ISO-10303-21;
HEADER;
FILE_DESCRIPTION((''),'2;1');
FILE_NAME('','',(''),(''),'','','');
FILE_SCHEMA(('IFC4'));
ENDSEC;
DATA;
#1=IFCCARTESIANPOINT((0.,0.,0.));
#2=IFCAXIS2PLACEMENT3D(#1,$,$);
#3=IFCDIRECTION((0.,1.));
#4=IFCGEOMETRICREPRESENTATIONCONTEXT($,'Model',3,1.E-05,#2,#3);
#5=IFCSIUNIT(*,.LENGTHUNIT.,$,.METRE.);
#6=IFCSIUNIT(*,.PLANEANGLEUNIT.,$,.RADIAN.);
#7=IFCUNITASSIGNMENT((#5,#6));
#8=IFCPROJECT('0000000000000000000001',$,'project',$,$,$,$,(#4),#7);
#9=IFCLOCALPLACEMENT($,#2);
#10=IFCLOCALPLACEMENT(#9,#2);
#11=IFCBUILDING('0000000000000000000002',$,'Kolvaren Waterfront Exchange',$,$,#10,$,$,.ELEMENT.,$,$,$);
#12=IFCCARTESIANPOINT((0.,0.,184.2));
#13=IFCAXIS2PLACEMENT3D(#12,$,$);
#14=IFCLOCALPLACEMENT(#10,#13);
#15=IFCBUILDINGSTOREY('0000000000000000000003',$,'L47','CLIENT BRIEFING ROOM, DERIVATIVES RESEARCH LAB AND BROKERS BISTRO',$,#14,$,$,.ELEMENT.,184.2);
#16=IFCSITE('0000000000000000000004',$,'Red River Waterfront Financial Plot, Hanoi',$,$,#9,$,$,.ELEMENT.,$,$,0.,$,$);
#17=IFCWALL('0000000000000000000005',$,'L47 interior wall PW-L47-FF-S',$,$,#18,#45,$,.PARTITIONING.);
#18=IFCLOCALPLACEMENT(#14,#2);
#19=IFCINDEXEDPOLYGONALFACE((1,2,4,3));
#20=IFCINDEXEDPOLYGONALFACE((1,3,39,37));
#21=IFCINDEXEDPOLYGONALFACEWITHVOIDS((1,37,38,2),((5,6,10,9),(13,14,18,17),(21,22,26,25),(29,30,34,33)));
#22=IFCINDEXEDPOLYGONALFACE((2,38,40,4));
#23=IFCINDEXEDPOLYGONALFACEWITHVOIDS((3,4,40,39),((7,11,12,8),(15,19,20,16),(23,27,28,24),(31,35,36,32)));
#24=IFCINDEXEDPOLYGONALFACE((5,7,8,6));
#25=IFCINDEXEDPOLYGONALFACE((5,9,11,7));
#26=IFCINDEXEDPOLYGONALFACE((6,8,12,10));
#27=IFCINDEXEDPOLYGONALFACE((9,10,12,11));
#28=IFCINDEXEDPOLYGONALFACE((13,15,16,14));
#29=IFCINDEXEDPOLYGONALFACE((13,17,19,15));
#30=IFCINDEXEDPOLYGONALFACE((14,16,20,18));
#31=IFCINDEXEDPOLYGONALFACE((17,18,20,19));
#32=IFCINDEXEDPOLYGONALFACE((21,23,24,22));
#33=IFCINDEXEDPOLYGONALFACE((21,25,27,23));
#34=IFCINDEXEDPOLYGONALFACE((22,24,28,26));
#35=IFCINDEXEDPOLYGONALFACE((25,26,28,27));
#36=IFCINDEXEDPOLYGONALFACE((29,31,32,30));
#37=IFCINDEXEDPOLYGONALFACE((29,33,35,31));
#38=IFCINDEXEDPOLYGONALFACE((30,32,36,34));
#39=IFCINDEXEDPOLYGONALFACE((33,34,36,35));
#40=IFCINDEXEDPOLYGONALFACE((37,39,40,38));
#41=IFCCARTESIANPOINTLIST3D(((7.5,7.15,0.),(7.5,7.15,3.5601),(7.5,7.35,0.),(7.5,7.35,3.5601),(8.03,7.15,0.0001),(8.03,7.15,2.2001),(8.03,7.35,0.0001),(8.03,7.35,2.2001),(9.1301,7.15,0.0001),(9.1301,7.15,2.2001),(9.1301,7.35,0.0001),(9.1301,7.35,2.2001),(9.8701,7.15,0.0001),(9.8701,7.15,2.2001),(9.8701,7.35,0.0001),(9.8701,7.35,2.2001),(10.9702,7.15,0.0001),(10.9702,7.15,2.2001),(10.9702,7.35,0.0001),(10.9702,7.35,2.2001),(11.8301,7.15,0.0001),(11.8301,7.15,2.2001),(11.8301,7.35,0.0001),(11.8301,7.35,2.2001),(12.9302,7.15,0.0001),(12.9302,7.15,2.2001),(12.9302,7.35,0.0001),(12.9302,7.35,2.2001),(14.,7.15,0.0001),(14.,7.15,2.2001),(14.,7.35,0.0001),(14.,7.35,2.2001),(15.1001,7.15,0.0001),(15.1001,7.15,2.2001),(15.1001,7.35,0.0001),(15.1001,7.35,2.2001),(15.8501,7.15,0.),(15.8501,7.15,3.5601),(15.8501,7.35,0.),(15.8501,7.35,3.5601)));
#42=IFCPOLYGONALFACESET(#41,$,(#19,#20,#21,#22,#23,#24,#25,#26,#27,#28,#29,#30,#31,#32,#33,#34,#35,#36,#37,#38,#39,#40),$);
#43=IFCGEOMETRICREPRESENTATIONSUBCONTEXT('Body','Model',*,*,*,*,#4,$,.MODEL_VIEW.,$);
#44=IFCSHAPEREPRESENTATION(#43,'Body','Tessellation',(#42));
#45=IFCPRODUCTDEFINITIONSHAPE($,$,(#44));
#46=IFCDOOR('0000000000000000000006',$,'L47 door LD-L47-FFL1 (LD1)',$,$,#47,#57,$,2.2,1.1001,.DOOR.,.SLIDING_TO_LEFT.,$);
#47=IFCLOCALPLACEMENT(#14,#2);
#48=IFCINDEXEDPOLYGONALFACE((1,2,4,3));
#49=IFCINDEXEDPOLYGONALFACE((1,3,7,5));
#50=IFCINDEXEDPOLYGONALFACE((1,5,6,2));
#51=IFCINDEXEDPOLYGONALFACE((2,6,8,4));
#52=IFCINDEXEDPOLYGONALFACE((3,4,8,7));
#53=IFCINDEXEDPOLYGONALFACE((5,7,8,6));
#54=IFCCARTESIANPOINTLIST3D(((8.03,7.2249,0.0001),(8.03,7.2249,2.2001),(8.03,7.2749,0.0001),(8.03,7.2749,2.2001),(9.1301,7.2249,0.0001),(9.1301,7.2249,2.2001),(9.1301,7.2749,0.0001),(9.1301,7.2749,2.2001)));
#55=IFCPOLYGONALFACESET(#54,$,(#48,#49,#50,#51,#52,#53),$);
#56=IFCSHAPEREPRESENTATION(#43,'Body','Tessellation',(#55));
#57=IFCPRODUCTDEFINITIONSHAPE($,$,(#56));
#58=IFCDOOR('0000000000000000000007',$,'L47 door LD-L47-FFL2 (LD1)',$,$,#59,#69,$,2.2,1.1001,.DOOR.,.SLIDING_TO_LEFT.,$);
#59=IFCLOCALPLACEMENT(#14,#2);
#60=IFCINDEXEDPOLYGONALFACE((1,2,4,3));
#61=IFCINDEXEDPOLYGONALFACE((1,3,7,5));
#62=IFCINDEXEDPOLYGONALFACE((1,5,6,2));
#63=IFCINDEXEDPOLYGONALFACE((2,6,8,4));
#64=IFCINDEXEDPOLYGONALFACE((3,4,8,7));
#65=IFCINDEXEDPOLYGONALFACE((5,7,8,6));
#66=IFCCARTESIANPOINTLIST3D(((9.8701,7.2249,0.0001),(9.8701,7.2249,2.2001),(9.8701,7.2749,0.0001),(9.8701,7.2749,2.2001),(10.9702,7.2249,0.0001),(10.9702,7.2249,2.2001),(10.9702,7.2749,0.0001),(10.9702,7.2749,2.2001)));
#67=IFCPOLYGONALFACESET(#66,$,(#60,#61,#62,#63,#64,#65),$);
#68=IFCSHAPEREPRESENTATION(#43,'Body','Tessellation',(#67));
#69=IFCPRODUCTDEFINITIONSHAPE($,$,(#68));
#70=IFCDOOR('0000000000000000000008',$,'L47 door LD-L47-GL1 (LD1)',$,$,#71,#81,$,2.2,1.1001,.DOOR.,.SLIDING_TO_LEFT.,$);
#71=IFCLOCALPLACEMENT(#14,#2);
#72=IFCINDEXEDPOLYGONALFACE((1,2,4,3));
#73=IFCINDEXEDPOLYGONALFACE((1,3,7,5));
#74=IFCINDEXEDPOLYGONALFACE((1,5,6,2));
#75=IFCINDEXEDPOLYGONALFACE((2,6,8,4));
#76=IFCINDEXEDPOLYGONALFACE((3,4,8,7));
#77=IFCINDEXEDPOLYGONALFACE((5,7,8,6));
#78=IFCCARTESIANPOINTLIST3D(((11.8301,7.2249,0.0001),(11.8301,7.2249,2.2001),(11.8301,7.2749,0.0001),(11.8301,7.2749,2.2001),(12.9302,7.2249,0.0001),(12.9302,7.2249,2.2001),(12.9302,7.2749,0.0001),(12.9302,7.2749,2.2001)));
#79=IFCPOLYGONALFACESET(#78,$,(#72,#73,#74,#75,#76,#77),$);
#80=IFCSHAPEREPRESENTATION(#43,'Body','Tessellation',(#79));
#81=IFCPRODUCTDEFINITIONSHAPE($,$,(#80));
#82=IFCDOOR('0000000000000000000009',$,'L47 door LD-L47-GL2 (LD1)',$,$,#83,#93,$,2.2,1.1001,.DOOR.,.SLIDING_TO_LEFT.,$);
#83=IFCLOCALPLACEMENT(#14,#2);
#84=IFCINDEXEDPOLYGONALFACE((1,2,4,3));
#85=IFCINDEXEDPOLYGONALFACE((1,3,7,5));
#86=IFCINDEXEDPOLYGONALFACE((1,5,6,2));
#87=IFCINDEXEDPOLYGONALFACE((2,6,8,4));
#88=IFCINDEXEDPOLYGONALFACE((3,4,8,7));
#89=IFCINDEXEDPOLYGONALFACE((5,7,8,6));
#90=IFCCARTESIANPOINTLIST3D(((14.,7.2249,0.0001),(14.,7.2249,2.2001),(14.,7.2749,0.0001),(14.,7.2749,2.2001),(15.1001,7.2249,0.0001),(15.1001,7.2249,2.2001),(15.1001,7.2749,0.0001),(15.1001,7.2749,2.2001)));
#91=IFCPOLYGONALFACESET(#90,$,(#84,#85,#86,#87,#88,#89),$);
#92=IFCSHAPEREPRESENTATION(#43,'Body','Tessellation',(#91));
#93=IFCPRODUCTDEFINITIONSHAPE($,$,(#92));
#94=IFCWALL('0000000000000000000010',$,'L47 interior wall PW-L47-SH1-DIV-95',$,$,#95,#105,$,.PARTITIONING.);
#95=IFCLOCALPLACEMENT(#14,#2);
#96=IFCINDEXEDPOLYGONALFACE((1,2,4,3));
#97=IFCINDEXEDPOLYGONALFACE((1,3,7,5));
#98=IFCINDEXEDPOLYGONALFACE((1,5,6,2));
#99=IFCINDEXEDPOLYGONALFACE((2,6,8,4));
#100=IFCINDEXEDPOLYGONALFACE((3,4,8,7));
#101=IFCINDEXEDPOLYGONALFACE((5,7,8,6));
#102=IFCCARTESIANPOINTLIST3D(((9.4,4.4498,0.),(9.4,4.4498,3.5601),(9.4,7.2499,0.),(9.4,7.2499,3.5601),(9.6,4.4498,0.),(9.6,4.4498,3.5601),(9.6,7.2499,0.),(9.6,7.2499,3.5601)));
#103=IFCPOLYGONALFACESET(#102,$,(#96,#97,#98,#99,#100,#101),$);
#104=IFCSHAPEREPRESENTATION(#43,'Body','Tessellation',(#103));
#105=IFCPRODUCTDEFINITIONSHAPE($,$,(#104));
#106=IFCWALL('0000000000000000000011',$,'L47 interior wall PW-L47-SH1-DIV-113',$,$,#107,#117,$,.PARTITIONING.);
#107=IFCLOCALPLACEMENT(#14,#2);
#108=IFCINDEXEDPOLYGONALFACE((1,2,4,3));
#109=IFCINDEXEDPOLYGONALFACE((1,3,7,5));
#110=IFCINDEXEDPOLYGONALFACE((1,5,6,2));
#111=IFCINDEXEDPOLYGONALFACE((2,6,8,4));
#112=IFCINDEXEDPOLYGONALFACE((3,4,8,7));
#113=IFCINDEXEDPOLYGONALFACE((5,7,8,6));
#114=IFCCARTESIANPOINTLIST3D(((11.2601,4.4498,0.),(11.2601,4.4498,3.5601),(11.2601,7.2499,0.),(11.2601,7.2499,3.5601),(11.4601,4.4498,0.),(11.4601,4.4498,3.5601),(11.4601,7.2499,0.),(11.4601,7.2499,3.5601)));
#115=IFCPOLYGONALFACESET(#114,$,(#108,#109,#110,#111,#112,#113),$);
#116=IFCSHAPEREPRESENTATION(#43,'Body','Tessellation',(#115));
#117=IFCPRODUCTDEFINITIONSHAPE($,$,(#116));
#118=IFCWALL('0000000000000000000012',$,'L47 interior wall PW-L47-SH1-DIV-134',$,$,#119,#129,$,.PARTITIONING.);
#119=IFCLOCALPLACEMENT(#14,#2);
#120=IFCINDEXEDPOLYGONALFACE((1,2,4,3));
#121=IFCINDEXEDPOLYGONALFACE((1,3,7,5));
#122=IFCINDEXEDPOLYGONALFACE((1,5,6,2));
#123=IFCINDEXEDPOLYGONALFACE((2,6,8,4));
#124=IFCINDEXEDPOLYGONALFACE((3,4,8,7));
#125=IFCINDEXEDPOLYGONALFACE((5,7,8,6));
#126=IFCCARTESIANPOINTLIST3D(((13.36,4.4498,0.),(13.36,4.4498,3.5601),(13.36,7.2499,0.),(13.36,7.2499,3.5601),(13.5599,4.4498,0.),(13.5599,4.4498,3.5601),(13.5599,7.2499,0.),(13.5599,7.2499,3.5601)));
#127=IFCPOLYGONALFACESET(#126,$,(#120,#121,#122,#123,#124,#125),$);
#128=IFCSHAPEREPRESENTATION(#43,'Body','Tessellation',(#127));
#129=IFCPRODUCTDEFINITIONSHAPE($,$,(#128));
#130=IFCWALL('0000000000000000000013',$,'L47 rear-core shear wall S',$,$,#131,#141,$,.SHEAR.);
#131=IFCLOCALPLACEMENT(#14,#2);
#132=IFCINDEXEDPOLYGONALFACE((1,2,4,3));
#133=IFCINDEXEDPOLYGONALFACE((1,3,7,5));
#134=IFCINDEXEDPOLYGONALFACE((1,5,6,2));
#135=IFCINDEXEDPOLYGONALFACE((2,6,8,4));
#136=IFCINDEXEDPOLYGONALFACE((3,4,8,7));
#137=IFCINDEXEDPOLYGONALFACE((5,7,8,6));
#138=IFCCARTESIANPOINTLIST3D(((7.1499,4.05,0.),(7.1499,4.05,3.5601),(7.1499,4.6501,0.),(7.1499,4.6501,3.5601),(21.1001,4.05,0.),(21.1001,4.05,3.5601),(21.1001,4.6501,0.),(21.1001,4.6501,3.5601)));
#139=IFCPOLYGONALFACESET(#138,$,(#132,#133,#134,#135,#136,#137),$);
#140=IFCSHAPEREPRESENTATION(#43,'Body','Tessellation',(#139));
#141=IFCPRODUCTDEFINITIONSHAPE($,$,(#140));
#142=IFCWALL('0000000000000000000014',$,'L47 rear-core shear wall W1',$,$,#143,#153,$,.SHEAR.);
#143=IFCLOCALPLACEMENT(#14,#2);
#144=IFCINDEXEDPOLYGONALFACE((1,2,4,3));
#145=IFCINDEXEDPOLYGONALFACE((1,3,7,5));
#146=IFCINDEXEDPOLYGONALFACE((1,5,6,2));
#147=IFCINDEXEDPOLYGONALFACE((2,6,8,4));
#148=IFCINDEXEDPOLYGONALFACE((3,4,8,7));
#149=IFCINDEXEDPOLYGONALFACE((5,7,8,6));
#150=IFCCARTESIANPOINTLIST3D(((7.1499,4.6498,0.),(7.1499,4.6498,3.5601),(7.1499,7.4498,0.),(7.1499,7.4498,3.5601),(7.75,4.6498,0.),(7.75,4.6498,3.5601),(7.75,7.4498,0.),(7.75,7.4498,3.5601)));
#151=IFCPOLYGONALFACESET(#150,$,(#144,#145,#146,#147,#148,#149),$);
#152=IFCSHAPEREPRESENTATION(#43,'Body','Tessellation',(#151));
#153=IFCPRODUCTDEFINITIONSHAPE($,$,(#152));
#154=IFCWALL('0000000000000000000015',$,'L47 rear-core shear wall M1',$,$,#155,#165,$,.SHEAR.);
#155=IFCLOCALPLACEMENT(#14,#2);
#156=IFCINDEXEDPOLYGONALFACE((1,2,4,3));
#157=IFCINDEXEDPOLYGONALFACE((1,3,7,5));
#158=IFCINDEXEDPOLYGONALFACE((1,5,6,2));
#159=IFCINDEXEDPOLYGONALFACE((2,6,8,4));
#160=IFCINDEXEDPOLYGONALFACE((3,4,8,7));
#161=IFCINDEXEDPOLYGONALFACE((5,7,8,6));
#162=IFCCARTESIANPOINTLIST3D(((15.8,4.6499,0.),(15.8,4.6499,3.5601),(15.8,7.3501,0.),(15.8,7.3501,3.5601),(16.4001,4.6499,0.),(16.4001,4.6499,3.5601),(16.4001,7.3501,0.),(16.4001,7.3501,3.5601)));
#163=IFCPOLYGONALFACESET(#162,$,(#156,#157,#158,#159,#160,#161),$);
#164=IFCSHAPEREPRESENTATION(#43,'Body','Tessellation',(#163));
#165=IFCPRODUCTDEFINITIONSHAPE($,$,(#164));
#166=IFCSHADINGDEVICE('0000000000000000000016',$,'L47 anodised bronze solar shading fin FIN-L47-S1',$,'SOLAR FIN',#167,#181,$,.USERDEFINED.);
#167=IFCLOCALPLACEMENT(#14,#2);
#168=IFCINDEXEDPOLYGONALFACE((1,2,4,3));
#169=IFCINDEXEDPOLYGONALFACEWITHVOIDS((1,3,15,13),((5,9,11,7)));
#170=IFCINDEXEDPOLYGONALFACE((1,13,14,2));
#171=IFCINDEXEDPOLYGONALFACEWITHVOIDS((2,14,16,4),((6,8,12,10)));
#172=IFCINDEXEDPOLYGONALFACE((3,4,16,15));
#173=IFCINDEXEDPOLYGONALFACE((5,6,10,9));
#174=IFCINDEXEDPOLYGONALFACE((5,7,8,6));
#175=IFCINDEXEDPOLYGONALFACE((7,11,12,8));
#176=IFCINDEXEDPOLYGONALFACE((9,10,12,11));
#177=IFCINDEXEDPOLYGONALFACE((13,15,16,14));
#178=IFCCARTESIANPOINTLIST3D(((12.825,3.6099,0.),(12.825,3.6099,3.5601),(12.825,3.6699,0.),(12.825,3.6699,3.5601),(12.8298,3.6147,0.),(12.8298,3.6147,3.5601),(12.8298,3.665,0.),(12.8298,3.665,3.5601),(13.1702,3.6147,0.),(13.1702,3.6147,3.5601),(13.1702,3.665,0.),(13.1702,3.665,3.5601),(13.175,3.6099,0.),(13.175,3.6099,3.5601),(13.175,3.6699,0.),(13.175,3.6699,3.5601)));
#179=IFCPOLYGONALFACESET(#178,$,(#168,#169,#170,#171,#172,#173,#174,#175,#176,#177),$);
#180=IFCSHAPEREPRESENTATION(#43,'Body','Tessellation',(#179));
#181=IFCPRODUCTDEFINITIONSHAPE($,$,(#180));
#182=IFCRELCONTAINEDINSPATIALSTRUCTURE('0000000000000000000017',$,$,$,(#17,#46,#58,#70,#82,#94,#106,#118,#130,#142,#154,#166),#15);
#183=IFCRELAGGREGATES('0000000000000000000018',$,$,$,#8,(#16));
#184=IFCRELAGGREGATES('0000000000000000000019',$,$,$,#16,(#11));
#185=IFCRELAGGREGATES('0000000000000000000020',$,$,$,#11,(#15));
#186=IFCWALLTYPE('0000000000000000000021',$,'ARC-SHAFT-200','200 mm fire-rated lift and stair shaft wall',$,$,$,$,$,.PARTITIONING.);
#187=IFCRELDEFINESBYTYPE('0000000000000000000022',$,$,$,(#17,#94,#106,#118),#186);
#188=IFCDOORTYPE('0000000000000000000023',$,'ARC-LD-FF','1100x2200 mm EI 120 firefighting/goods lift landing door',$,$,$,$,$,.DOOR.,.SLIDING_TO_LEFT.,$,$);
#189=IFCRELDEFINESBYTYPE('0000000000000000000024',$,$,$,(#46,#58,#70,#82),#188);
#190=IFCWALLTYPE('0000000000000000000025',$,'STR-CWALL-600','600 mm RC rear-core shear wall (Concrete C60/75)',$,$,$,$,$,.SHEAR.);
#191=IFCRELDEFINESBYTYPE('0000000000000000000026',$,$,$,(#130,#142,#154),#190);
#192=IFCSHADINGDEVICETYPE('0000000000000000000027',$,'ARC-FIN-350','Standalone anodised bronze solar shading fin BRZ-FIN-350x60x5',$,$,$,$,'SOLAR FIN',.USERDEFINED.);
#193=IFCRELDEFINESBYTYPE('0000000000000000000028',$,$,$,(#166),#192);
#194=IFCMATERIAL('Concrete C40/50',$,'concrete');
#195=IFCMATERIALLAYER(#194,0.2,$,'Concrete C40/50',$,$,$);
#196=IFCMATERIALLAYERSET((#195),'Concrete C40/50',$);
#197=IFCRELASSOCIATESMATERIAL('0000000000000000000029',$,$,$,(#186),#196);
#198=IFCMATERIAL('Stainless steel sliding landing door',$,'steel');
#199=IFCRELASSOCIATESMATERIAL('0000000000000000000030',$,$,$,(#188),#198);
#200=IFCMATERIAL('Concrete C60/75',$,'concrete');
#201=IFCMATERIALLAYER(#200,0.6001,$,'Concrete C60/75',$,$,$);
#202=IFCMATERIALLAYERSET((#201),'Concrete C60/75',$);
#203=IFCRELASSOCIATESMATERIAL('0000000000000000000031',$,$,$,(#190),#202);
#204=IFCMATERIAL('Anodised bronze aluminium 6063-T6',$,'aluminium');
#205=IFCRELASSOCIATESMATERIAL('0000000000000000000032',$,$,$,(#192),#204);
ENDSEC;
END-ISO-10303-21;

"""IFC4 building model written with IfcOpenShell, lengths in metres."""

from ifc_helpers import new_model, si_unit, direction, frame, frame_2d, origin, origin_2d, place, context, subcontext, project, spatial, rectangle, hollow_rectangle, extrude, material, layer, layer_set, material_profile, profile_set, type_object, element, fill, save


model = new_model("IFC4")

# Units and contexts
model_context = context("Model", 3, precision=1e-05, world=origin(), true_north=direction((0.0, 1.0)))
body_context = subcontext(model_context, "Body", "Model", "MODEL_VIEW")
ifc_project = project(units=[si_unit("LENGTHUNIT", "METRE"), si_unit("PLANEANGLEUNIT", "RADIAN")], contexts=[model_context])

# Site, building, storey
site_placement = place(None, origin())
site = spatial("IfcSite", under=ifc_project, at=site_placement, Name="Red River Waterfront Financial Plot, Hanoi", CompositionType="ELEMENT", RefElevation=0.0)
building_placement = place(site_placement, origin())
building = spatial("IfcBuilding", under=site, at=building_placement, Name="Kolvaren Waterfront Exchange", CompositionType="ELEMENT")
storey_placement = place(building_placement, frame((0.0, 0.0, 184.2)))
storey = spatial("IfcBuildingStorey", under=building, at=storey_placement, Name="L47", Description="CLIENT BRIEFING ROOM, DERIVATIVES RESEARCH LAB AND BROKERS BISTRO", CompositionType="ELEMENT", Elevation=184.2)

# Shared definitions
ifc_material_1 = material(Name="Concrete C60/75", Category="concrete")

# Shared definitions
ifc_material_2 = material(Name="Anodised bronze aluminium 6063-T6", Category="aluminium")

# Shared definitions
ifc_material_3 = material(Name="Concrete C40/50", Category="concrete")
ifc_layer_1 = layer(ifc_material_3, 0.2, Name="Concrete C40/50")
ifc_layer_set_1 = layer_set([ifc_layer_1], Name="Concrete C40/50")
wall_type_1 = type_object("IfcWallType", Name="ARC-SHAFT-200", Description="200 mm fire-rated lift and stair shaft wall", PredefinedType="PARTITIONING", material=ifc_layer_set_1)

# Wall, openings, doors
wall_1_placement = place(storey_placement, frame((7.5, 7.25, 0.0), z_axis=(0.0, 0.0, 1.0), x_axis=(1.0, 0.0, 0.0)))
wall_1 = element("IfcWall", 1, at=wall_1_placement, inside=storey, type_object=wall_type_1, Name="L47 interior wall PW-L47-FF-S", PredefinedType="PARTITIONING", context=body_context, shape_type="SweptSolid", body=[
    extrude(rectangle(XDim=8.3501, YDim=0.2, at=frame_2d((4.175, 0.0))), origin(), (0.0, 0.0, 1.0), 3.5601),
])
opening_1_placement = place(wall_1_placement, frame((0.53, 0.0, 0.0)))
opening_1 = element("IfcOpeningElement", 2, at=opening_1_placement, cuts=wall_1, PredefinedType="OPENING", context=body_context, shape_type="SweptSolid", body=[
    extrude(rectangle(XDim=1.1001, YDim=2.2, at=frame_2d((0.55, 1.1001))), frame((0.0, 0.1099, 0.0), z_axis=(0.0, -1.0, 0.0), x_axis=(1.0, 0.0, 0.0)), (0.0, 0.0, 1.0), 0.22),
])
opening_2_placement = place(wall_1_placement, frame((2.3701, 0.0, 0.0)))
opening_2 = element("IfcOpeningElement", 3, at=opening_2_placement, cuts=wall_1, PredefinedType="OPENING", context=body_context, shape_type="SweptSolid", body=[
    extrude(rectangle(XDim=1.1001, YDim=2.2, at=frame_2d((0.55, 1.1001))), frame((0.0, 0.1099, 0.0), z_axis=(0.0, -1.0, 0.0), x_axis=(1.0, 0.0, 0.0)), (0.0, 0.0, 1.0), 0.22),
])
opening_3_placement = place(wall_1_placement, frame((4.3301, 0.0, 0.0)))
opening_3 = element("IfcOpeningElement", 4, at=opening_3_placement, cuts=wall_1, PredefinedType="OPENING", context=body_context, shape_type="SweptSolid", body=[
    extrude(rectangle(XDim=1.1001, YDim=2.2, at=frame_2d((0.55, 1.1001))), frame((0.0, 0.1099, 0.0), z_axis=(0.0, -1.0, 0.0), x_axis=(1.0, 0.0, 0.0)), (0.0, 0.0, 1.0), 0.22),
])
opening_4_placement = place(wall_1_placement, frame((6.5, 0.0, 0.0)))
opening_4 = element("IfcOpeningElement", 5, at=opening_4_placement, cuts=wall_1, PredefinedType="OPENING", context=body_context, shape_type="SweptSolid", body=[
    extrude(rectangle(XDim=1.1001, YDim=2.2, at=frame_2d((0.55, 1.1001))), frame((0.0, 0.1099, 0.0), z_axis=(0.0, -1.0, 0.0), x_axis=(1.0, 0.0, 0.0)), (0.0, 0.0, 1.0), 0.22),
])
ifc_material_4 = material(Name="Stainless steel sliding landing door", Category="steel")
door_type_1 = type_object("IfcDoorType", Name="ARC-LD-FF", Description="1100x2200 mm EI 120 firefighting/goods lift landing door", OperationType="SLIDING_TO_LEFT", PredefinedType="DOOR", material=ifc_material_4)
door_1_placement = place(opening_1_placement, origin())
door_1 = element("IfcDoor", 6, at=door_1_placement, inside=storey, type_object=door_type_1, Name="L47 door LD-L47-FFL1 (LD1)", OperationType="SLIDING_TO_LEFT", OverallHeight=2.2, OverallWidth=1.1001, PredefinedType="DOOR", context=body_context, shape_type="SweptSolid", body=[
    extrude(rectangle(XDim=1.1001, YDim=2.2, at=frame_2d((0.55, 1.1001))), frame((0.0, 0.0249, 0.0), z_axis=(0.0, -1.0, 0.0), x_axis=(1.0, 0.0, 0.0)), (0.0, 0.0, 1.0), 0.05),
])
fill(opening_1, door_1)
door_2_placement = place(opening_2_placement, origin())
door_2 = element("IfcDoor", 7, at=door_2_placement, inside=storey, type_object=door_type_1, Name="L47 door LD-L47-FFL2 (LD1)", OperationType="SLIDING_TO_LEFT", OverallHeight=2.2, OverallWidth=1.1001, PredefinedType="DOOR", context=body_context, shape_type="SweptSolid", body=[
    extrude(rectangle(XDim=1.1001, YDim=2.2, at=frame_2d((0.55, 1.1001))), frame((0.0, 0.0249, 0.0), z_axis=(0.0, -1.0, 0.0), x_axis=(1.0, 0.0, 0.0)), (0.0, 0.0, 1.0), 0.05),
])
fill(opening_2, door_2)
door_3_placement = place(opening_3_placement, origin())
door_3 = element("IfcDoor", 8, at=door_3_placement, inside=storey, type_object=door_type_1, Name="L47 door LD-L47-GL1 (LD1)", OperationType="SLIDING_TO_LEFT", OverallHeight=2.2, OverallWidth=1.1001, PredefinedType="DOOR", context=body_context, shape_type="SweptSolid", body=[
    extrude(rectangle(XDim=1.1001, YDim=2.2, at=frame_2d((0.55, 1.1001))), frame((0.0, 0.0249, 0.0), z_axis=(0.0, -1.0, 0.0), x_axis=(1.0, 0.0, 0.0)), (0.0, 0.0, 1.0), 0.05),
])
fill(opening_3, door_3)
door_4_placement = place(opening_4_placement, origin())
door_4 = element("IfcDoor", 9, at=door_4_placement, inside=storey, type_object=door_type_1, Name="L47 door LD-L47-GL2 (LD1)", OperationType="SLIDING_TO_LEFT", OverallHeight=2.2, OverallWidth=1.1001, PredefinedType="DOOR", context=body_context, shape_type="SweptSolid", body=[
    extrude(rectangle(XDim=1.1001, YDim=2.2, at=frame_2d((0.55, 1.1001))), frame((0.0, 0.0249, 0.0), z_axis=(0.0, -1.0, 0.0), x_axis=(1.0, 0.0, 0.0)), (0.0, 0.0, 1.0), 0.05),
])
fill(opening_4, door_4)

# Walls
for number, where, z_axis, x_axis, name in (
    (10, (9.5, 4.45, 0.0), (0.0, 0.0, 1.0), (0.0, 1.0, 0.0), "L47 interior wall PW-L47-SH1-DIV-95"),
    (11, (11.3601, 4.45, 0.0), (0.0, 0.0, 1.0), (0.0, 1.0, 0.0), "L47 interior wall PW-L47-SH1-DIV-113"),
    (12, (13.46, 4.45, 0.0), (0.0, 0.0, 1.0), (0.0, 1.0, 0.0), "L47 interior wall PW-L47-SH1-DIV-134"),
):
    element("IfcWall", number, at=place(storey_placement, frame(where, z_axis=z_axis, x_axis=x_axis)), inside=storey, type_object=wall_type_1, Name=name, PredefinedType="PARTITIONING", context=body_context, shape_type="SweptSolid", body=[
        extrude(rectangle(XDim=2.8, YDim=0.2, at=frame_2d((1.3999, 0.0))), origin(), (0.0, 0.0, 1.0), 3.5601),
    ])
ifc_layer_2 = layer(ifc_material_1, 0.6001, Name="Concrete C60/75")
ifc_layer_set_2 = layer_set([ifc_layer_2], Name="Concrete C60/75")
wall_type_2 = type_object("IfcWallType", Name="STR-CWALL-600", Description="600 mm RC rear-core shear wall (Concrete C60/75)", PredefinedType="SHEAR", material=ifc_layer_set_2)
wall_2_placement = place(storey_placement, frame((7.1499, 4.3501, 0.0), z_axis=(0.0, 0.0, 1.0), x_axis=(1.0, 0.0, 0.0)))
element("IfcWall", 13, at=wall_2_placement, inside=storey, type_object=wall_type_2, Name="L47 rear-core shear wall S", PredefinedType="SHEAR", context=body_context, shape_type="SweptSolid", body=[
    extrude(rectangle(XDim=13.9502, YDim=0.6001, at=frame_2d((6.9751, 0.0))), origin(), (0.0, 0.0, 1.0), 3.5601),
])
wall_3_placement = place(storey_placement, frame((7.45, 4.6499, 0.0), z_axis=(0.0, 0.0, 1.0), x_axis=(0.0, 1.0, 0.0)))
element("IfcWall", 14, at=wall_3_placement, inside=storey, type_object=wall_type_2, Name="L47 rear-core shear wall W1", PredefinedType="SHEAR", context=body_context, shape_type="SweptSolid", body=[
    extrude(rectangle(XDim=2.8, YDim=0.6001, at=frame_2d((1.3999, 0.0))), origin(), (0.0, 0.0, 1.0), 3.5601),
])
wall_4_placement = place(storey_placement, frame((16.1001, 4.6499, 0.0), z_axis=(0.0, 0.0, 1.0), x_axis=(0.0, 1.0, 0.0)))
element("IfcWall", 15, at=wall_4_placement, inside=storey, type_object=wall_type_2, Name="L47 rear-core shear wall M1", PredefinedType="SHEAR", context=body_context, shape_type="SweptSolid", body=[
    extrude(rectangle(XDim=2.7002, YDim=0.6001, at=frame_2d((1.3501, 0.0))), origin(), (0.0, 0.0, 1.0), 3.5601),
])

# Shading device
ifc_material_profile_1 = material_profile(ifc_material_2, hollow_rectangle(XDim=0.0601, YDim=0.3501, WallThickness=0.0049, at=origin_2d()), Name="BRZ-FIN-350x60x5")
ifc_profile_set_1 = profile_set([ifc_material_profile_1], Name="Anodised bronze aluminium 6063-T6")
shading_device_type = type_object("IfcShadingDeviceType", Name="ARC-FIN-350", Description="Standalone anodised bronze solar shading fin BRZ-FIN-350x60x5", ElementType="SOLAR FIN", PredefinedType="USERDEFINED", material=ifc_profile_set_1)
shading_device_placement = place(storey_placement, frame((13.0, 3.6399, 0.0), z_axis=(0.0, 0.0, 1.0), x_axis=(0.0, -1.0, 0.0)))
element("IfcShadingDevice", 16, at=shading_device_placement, inside=storey, type_object=shading_device_type, Name="L47 anodised bronze solar shading fin FIN-L47-S1", ObjectType="SOLAR FIN", PredefinedType="USERDEFINED", context=body_context, shape_type="SweptSolid", body=[
    extrude(hollow_rectangle(XDim=0.0601, YDim=0.3501, WallThickness=0.0049, at=origin_2d()), origin(), (0.0, 0.0, 1.0), 3.5601),
])

save(model, "model.ifc")
